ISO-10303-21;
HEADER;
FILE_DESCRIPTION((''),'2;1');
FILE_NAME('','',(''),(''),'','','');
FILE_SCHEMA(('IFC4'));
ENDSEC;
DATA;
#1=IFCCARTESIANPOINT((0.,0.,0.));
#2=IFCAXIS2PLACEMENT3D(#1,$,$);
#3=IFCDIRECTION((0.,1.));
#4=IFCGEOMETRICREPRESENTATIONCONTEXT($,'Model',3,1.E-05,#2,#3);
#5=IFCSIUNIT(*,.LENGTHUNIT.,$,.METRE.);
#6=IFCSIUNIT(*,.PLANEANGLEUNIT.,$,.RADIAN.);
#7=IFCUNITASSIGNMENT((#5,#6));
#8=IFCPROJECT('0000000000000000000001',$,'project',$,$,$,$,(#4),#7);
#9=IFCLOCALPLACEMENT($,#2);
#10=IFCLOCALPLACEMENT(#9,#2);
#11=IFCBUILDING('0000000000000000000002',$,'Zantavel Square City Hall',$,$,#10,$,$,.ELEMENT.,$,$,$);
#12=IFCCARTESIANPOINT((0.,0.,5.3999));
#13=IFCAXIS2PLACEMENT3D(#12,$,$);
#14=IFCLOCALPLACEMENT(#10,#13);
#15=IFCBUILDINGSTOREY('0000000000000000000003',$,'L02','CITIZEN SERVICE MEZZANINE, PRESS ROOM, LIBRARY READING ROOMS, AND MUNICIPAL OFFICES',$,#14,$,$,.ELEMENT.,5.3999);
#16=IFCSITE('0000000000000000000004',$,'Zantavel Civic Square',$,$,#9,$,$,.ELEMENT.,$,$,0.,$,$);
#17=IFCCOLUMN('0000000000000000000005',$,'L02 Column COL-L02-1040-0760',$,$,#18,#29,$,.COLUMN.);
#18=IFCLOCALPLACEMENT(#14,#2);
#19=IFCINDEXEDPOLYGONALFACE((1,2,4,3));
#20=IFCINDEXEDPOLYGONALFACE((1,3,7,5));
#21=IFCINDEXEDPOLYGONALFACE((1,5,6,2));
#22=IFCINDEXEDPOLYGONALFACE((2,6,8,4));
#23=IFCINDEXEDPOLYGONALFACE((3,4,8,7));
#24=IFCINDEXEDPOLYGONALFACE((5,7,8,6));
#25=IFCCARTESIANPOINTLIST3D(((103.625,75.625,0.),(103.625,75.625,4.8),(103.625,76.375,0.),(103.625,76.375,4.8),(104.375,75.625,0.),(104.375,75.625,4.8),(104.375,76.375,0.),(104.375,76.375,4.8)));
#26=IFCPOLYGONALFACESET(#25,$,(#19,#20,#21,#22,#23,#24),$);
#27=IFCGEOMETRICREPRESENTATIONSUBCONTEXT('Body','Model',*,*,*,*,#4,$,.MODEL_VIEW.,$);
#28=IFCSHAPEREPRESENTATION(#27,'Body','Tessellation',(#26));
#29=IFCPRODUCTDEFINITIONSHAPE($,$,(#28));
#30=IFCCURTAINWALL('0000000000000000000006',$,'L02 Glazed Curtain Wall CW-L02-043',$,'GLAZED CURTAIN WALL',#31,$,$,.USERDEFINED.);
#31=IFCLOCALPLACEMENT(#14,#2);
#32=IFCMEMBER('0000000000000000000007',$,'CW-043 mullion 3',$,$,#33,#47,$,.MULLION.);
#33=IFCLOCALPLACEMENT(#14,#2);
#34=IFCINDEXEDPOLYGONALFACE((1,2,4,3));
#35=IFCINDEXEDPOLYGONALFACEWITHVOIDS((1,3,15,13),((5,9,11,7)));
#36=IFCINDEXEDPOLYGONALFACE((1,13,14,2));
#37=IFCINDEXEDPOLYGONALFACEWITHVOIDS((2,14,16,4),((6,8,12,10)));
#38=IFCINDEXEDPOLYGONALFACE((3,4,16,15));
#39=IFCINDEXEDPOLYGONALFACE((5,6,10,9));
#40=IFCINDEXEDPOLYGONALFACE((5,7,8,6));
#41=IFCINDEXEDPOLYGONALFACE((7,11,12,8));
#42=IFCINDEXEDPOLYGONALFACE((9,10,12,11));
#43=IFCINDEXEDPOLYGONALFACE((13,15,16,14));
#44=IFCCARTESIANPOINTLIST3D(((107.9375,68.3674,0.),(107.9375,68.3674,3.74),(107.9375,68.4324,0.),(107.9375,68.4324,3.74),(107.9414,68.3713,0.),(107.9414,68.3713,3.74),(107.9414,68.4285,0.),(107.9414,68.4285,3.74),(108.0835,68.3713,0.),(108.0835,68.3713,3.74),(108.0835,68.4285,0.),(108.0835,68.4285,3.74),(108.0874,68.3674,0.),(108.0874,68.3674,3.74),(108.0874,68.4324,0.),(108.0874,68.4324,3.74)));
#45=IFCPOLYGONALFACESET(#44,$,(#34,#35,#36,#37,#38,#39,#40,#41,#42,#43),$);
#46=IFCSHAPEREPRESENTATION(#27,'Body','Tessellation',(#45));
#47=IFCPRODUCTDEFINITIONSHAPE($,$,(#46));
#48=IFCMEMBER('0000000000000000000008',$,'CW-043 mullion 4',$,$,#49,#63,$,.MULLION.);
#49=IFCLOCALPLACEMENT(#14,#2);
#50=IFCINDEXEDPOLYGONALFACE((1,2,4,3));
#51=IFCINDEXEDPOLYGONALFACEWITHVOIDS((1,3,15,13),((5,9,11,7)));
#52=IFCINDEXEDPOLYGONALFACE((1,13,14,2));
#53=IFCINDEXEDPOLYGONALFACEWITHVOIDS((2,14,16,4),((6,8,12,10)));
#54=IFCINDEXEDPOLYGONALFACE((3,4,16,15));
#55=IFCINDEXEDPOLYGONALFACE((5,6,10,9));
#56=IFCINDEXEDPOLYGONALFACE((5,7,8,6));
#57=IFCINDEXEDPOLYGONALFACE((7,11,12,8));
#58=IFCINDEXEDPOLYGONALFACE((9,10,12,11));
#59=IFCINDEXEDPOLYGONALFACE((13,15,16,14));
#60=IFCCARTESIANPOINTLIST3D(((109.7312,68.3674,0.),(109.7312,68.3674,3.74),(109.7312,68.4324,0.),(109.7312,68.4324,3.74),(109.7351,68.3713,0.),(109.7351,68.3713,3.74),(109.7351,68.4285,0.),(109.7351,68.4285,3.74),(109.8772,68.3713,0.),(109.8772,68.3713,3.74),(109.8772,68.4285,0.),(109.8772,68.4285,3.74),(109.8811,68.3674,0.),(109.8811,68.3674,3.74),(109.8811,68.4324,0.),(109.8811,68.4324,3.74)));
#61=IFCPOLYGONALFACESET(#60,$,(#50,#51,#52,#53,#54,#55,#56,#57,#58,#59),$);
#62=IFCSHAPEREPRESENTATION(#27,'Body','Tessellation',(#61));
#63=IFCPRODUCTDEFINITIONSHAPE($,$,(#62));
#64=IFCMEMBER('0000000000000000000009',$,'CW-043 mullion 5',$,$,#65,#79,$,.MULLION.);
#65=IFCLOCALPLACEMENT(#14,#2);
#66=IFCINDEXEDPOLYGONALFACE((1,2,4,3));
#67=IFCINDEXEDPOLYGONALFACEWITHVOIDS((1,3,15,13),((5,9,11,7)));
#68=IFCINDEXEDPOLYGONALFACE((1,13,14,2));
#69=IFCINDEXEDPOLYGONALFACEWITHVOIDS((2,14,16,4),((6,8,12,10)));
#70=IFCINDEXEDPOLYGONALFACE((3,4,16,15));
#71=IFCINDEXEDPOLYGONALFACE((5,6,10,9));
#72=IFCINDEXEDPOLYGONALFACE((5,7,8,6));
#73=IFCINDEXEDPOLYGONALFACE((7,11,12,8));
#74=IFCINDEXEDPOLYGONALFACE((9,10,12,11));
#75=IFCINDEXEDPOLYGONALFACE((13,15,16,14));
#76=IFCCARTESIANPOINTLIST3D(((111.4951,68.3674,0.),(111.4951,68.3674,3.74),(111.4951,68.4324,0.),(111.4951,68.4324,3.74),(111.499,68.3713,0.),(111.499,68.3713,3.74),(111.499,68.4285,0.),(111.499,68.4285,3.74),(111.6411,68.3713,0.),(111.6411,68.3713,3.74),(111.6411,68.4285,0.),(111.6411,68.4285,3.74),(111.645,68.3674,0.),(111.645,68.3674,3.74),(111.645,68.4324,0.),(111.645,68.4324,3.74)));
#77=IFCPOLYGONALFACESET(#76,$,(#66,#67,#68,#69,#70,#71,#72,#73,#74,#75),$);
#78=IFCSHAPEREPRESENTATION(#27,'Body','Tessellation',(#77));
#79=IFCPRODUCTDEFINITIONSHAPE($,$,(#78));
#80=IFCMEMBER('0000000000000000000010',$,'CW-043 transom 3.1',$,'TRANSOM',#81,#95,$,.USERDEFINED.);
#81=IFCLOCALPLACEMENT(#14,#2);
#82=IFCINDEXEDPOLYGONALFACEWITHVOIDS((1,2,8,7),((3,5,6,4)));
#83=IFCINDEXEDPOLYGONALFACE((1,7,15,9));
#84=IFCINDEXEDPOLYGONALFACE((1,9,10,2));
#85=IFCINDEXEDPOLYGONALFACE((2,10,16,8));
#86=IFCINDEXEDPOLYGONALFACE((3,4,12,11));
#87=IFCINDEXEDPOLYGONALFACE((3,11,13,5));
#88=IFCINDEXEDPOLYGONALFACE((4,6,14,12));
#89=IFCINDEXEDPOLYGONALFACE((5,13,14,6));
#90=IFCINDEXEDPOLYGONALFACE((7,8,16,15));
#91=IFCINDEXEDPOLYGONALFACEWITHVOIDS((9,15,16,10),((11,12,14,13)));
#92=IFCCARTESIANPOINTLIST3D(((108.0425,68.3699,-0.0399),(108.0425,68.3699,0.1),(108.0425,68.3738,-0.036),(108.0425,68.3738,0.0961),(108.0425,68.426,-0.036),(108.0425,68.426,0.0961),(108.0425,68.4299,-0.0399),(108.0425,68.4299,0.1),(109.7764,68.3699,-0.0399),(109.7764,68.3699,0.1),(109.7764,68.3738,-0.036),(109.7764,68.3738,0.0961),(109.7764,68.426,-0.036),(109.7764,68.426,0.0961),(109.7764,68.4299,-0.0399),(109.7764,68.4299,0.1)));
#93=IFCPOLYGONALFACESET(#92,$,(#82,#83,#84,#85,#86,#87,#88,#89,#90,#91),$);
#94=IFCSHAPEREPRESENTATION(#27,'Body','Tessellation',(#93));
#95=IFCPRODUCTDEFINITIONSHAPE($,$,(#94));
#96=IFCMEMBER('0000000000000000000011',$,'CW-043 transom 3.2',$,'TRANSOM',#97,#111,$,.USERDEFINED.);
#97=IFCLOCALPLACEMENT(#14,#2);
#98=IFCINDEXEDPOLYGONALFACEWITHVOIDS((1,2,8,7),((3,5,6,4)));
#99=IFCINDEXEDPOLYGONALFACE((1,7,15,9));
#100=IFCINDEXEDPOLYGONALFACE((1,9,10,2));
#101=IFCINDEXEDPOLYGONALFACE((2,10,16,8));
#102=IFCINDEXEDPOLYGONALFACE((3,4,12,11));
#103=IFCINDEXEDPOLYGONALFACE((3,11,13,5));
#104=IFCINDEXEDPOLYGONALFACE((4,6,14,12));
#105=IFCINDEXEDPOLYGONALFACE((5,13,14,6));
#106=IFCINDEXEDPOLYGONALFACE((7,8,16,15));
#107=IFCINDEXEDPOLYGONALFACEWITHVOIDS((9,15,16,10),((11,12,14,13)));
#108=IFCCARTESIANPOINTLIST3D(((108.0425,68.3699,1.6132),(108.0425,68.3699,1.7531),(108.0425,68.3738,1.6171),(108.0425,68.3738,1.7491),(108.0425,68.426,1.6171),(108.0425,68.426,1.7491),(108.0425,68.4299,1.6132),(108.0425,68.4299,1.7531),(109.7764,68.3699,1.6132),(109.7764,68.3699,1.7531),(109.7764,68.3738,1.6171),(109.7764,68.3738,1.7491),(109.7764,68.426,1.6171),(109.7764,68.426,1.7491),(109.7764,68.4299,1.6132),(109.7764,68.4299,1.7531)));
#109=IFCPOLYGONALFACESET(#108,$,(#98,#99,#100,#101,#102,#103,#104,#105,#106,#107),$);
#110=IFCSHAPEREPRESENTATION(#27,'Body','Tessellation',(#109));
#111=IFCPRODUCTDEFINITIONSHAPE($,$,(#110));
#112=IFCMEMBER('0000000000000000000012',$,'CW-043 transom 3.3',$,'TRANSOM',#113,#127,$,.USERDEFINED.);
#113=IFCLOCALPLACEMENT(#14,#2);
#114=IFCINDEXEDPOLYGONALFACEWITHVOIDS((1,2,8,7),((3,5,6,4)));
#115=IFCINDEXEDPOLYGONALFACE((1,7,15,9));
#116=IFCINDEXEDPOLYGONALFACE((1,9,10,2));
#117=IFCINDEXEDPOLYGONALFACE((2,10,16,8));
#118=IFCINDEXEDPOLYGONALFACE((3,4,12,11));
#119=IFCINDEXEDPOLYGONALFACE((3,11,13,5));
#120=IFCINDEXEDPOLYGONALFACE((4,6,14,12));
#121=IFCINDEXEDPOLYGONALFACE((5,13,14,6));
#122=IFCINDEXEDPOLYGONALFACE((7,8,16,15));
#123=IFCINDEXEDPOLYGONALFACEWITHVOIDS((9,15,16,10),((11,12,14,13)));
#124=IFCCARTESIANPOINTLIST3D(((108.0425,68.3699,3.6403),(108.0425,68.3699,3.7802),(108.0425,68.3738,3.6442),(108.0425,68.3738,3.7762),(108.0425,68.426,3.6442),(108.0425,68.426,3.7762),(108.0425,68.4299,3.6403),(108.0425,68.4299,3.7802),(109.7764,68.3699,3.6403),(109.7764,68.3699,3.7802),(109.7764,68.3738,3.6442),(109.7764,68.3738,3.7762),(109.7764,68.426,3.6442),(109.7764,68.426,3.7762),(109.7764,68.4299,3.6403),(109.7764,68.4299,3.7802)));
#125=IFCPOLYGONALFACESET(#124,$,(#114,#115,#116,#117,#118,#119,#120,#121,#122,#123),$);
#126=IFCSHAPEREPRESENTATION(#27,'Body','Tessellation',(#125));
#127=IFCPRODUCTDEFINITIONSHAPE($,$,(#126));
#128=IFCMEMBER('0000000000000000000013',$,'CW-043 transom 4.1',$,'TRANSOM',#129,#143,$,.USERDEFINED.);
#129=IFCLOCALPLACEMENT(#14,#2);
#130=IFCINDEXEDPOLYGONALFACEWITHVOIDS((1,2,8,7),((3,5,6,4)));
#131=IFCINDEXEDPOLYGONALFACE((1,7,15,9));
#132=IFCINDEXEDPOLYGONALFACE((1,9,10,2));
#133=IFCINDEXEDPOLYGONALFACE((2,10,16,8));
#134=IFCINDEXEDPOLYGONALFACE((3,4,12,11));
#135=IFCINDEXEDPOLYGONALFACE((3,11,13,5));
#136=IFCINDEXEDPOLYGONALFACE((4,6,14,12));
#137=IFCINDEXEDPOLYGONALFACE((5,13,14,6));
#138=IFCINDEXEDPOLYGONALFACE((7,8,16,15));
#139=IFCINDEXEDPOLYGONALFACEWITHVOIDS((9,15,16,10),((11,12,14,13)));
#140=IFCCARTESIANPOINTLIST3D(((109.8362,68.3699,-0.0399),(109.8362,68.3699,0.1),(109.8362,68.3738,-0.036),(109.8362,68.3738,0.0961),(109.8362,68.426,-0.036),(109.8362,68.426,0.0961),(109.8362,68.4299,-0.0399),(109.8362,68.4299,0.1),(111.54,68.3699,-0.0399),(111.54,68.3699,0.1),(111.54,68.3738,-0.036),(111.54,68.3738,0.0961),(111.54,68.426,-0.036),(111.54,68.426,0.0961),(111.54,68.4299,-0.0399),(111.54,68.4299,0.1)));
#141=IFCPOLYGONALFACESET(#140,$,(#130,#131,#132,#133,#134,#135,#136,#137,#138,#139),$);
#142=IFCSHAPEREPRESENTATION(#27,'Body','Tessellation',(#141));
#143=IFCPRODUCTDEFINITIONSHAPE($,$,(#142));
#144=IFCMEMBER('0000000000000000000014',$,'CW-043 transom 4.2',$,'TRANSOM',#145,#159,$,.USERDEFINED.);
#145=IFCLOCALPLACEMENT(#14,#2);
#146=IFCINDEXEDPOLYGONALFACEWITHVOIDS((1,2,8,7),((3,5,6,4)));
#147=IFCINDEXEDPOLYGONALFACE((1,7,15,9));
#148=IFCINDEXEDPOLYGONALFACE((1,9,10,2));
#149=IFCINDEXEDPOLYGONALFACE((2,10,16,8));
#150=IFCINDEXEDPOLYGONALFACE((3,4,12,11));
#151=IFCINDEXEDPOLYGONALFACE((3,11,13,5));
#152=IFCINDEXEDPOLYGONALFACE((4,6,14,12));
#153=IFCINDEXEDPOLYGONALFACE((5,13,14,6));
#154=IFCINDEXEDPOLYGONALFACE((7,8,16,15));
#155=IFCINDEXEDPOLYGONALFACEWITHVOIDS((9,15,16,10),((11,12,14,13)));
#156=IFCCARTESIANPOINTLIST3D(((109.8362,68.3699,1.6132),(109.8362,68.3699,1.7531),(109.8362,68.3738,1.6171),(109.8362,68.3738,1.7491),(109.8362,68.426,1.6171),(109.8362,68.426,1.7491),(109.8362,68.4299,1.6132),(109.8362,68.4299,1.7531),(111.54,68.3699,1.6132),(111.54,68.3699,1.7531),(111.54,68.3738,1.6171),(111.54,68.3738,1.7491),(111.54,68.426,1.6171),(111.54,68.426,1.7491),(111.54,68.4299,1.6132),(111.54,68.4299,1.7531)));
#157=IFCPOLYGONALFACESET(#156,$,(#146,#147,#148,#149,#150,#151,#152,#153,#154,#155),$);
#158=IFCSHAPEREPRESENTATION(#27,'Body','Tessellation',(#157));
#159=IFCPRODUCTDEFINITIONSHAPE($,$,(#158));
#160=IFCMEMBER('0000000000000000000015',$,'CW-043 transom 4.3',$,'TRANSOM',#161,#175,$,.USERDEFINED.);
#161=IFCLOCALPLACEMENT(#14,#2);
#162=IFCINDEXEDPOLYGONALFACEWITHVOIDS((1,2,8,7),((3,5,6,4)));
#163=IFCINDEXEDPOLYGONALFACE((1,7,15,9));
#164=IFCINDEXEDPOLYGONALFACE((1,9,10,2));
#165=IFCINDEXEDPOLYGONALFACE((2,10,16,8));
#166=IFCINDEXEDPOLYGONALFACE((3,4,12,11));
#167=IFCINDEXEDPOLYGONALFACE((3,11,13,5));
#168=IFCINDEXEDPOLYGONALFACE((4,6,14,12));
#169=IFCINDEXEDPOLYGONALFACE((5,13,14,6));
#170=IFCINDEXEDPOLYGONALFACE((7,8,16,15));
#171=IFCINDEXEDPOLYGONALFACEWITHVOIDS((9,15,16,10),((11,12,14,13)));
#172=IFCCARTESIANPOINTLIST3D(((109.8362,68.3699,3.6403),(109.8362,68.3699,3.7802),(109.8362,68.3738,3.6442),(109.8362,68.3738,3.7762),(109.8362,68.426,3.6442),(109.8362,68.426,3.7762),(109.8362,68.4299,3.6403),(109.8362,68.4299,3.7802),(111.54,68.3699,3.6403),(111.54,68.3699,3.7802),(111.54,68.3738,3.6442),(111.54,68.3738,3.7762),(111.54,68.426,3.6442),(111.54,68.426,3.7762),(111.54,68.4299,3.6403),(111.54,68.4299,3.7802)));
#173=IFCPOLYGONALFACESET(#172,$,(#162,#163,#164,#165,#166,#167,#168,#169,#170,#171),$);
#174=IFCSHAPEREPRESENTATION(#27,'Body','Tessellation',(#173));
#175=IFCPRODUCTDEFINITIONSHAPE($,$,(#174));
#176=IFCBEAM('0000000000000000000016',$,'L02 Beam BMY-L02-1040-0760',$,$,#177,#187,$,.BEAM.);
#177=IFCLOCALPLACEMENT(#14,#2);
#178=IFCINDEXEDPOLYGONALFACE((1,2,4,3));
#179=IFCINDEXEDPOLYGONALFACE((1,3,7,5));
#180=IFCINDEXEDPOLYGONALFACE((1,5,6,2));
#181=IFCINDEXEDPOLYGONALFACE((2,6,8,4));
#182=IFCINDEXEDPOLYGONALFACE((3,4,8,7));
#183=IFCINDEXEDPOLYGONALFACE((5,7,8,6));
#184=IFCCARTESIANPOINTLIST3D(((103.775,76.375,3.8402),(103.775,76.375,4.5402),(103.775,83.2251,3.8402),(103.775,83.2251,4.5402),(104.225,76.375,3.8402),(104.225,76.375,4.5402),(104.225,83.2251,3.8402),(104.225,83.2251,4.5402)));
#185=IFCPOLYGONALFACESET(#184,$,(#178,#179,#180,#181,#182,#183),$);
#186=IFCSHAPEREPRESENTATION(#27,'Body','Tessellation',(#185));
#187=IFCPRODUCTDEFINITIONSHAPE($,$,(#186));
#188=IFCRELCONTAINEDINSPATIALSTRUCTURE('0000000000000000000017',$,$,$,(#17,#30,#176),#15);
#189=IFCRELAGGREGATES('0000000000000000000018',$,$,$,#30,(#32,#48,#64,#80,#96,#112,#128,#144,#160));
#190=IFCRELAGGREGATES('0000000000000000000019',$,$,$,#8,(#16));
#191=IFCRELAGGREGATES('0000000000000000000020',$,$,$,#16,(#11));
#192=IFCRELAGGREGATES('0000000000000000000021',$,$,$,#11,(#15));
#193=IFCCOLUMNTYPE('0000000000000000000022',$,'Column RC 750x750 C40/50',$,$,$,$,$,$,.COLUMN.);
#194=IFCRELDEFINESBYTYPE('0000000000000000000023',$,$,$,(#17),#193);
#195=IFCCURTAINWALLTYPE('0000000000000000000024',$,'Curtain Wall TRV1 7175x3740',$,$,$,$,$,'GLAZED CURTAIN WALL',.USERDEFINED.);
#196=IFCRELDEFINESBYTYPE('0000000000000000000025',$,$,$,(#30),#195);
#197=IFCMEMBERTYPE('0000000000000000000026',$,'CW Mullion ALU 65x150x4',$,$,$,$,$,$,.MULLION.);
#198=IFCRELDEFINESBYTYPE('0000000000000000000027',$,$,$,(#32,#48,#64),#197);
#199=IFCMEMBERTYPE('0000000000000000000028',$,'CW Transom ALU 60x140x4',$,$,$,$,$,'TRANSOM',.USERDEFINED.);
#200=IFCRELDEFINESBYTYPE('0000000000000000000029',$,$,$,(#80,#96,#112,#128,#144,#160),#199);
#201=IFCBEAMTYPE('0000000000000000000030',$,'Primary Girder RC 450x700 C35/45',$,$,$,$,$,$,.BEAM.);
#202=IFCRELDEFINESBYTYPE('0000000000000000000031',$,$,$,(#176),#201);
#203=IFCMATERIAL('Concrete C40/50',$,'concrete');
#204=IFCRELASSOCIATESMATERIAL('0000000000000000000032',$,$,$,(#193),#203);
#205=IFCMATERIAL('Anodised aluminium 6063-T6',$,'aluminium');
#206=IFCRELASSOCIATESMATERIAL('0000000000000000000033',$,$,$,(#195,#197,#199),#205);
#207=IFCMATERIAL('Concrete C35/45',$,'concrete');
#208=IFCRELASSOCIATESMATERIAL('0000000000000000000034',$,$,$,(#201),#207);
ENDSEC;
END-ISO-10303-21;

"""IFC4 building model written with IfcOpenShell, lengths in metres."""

from ifc_helpers import new_model, si_unit, direction, frame, origin, origin_2d, place, context, subcontext, project, spatial, rectangle, hollow_rectangle, extrude, material, material_profile, profile_set, type_object, element, aggregate, save


model = new_model("IFC4")

# Units and contexts
model_context = context("Model", 3, precision=1e-05, world=origin(), true_north=direction((0.0, 1.0)))
body_context = subcontext(model_context, "Body", "Model", "MODEL_VIEW")
ifc_project = project(units=[si_unit("LENGTHUNIT", "METRE"), si_unit("PLANEANGLEUNIT", "RADIAN")], contexts=[model_context])

# Site, building, storey
site_placement = place(None, origin())
site = spatial("IfcSite", under=ifc_project, at=site_placement, Name="Zantavel Civic Square", CompositionType="ELEMENT", RefElevation=0.0)
building_placement = place(site_placement, origin())
building = spatial("IfcBuilding", under=site, at=building_placement, Name="Zantavel Square City Hall", CompositionType="ELEMENT")
storey_placement = place(building_placement, frame((0.0, 0.0, 5.3999)))
storey = spatial("IfcBuildingStorey", under=building, at=storey_placement, Name="L02", Description="CITIZEN SERVICE MEZZANINE, PRESS ROOM, LIBRARY READING ROOMS, AND MUNICIPAL OFFICES", CompositionType="ELEMENT", Elevation=5.3999)

# Column
ifc_material_1 = material(Name="Concrete C40/50", Category="concrete")
ifc_material_profile_1 = material_profile(ifc_material_1, rectangle(XDim=0.75, YDim=0.75, at=origin_2d()), Name="RC 750x750")
ifc_profile_set_1 = profile_set([ifc_material_profile_1], Name="Concrete C40/50")
column_type = type_object("IfcColumnType", Name="Column RC 750x750 C40/50", PredefinedType="COLUMN", material=ifc_profile_set_1)
column_placement = place(storey_placement, frame((104.0, 76.0, 0.0), z_axis=(0.0, 0.0, 1.0), x_axis=(1.0, 0.0, 0.0)))
element("IfcColumn", 1, at=column_placement, inside=storey, type_object=column_type, Name="L02 Column COL-L02-1040-0760", PredefinedType="COLUMN", context=body_context, shape_type="SweptSolid", body=[
    extrude(rectangle(XDim=0.75, YDim=0.75, at=origin_2d()), origin(), (0.0, 0.0, 1.0), 4.8),
])

# Curtain wall, members
ifc_material_2 = material(Name="Anodised aluminium 6063-T6", Category="aluminium")
curtain_wall_type = type_object("IfcCurtainWallType", Name="Curtain Wall TRV1 7175x3740", ElementType="GLAZED CURTAIN WALL", PredefinedType="USERDEFINED", material=ifc_material_2)
curtain_wall_placement = place(storey_placement, origin())
curtain_wall = element("IfcCurtainWall", 2, at=curtain_wall_placement, inside=storey, type_object=curtain_wall_type, Name="L02 Glazed Curtain Wall CW-L02-043", ObjectType="GLAZED CURTAIN WALL", PredefinedType="USERDEFINED")
ifc_material_profile_2 = material_profile(ifc_material_2, hollow_rectangle(XDim=0.0649, YDim=0.1499, WallThickness=0.0039, at=origin_2d()), Name="ALU 65x150x4")
ifc_profile_set_2 = profile_set([ifc_material_profile_2], Name="Anodised aluminium 6063-T6")
member_type_1 = type_object("IfcMemberType", Name="CW Mullion ALU 65x150x4", PredefinedType="MULLION", material=ifc_profile_set_2)
member_1_placement = place(storey_placement, frame((108.0125, 68.3999, 0.0), z_axis=(0.0, 0.0, 1.0), x_axis=(0.0, 1.0, 0.0)))
member_1 = element("IfcMember", 3, at=member_1_placement, type_object=member_type_1, Name="CW-043 mullion 3", PredefinedType="MULLION", context=body_context, shape_type="SweptSolid", body=[
    extrude(hollow_rectangle(XDim=0.0649, YDim=0.1499, WallThickness=0.0039, at=origin_2d()), origin(), (0.0, 0.0, 1.0), 3.74),
])
member_2_placement = place(storey_placement, frame((109.8062, 68.3999, 0.0), z_axis=(0.0, 0.0, 1.0), x_axis=(0.0, 1.0, 0.0)))
member_2 = element("IfcMember", 4, at=member_2_placement, type_object=member_type_1, Name="CW-043 mullion 4", PredefinedType="MULLION", context=body_context, shape_type="SweptSolid", body=[
    extrude(hollow_rectangle(XDim=0.0649, YDim=0.1499, WallThickness=0.0039, at=origin_2d()), origin(), (0.0, 0.0, 1.0), 3.74),
])
member_3_placement = place(storey_placement, frame((111.5701, 68.3999, 0.0), z_axis=(0.0, 0.0, 1.0), x_axis=(0.0, 1.0, 0.0)))
member_3 = element("IfcMember", 5, at=member_3_placement, type_object=member_type_1, Name="CW-043 mullion 5", PredefinedType="MULLION", context=body_context, shape_type="SweptSolid", body=[
    extrude(hollow_rectangle(XDim=0.0649, YDim=0.1499, WallThickness=0.0039, at=origin_2d()), origin(), (0.0, 0.0, 1.0), 3.74),
])
ifc_material_profile_3 = material_profile(ifc_material_2, hollow_rectangle(XDim=0.0601, YDim=0.1399, WallThickness=0.0039, at=origin_2d()), Name="ALU 60x140x4")
ifc_profile_set_3 = profile_set([ifc_material_profile_3], Name="Anodised aluminium 6063-T6")
member_type_2 = type_object("IfcMemberType", Name="CW Transom ALU 60x140x4", ElementType="TRANSOM", PredefinedType="USERDEFINED", material=ifc_profile_set_3)
member_4_placement = place(storey_placement, frame((108.0425, 68.3999, 0.03), z_axis=(1.0, 0.0, 0.0), x_axis=(0.0, 1.0, 0.0)))
member_4 = element("IfcMember", 6, at=member_4_placement, type_object=member_type_2, Name="CW-043 transom 3.1", ObjectType="TRANSOM", PredefinedType="USERDEFINED", context=body_context, shape_type="SweptSolid", body=[
    extrude(hollow_rectangle(XDim=0.0601, YDim=0.1399, WallThickness=0.0039, at=origin_2d()), origin(), (0.0, 0.0, 1.0), 1.7339),
])
member_5_placement = place(storey_placement, frame((108.0425, 68.3999, 1.6831), z_axis=(1.0, 0.0, 0.0), x_axis=(0.0, 1.0, 0.0)))
member_5 = element("IfcMember", 7, at=member_5_placement, type_object=member_type_2, Name="CW-043 transom 3.2", ObjectType="TRANSOM", PredefinedType="USERDEFINED", context=body_context, shape_type="SweptSolid", body=[
    extrude(hollow_rectangle(XDim=0.0601, YDim=0.1399, WallThickness=0.0039, at=origin_2d()), origin(), (0.0, 0.0, 1.0), 1.7339),
])
member_6_placement = place(storey_placement, frame((108.0425, 68.3999, 3.7102), z_axis=(1.0, 0.0, 0.0), x_axis=(0.0, 1.0, 0.0)))
member_6 = element("IfcMember", 8, at=member_6_placement, type_object=member_type_2, Name="CW-043 transom 3.3", ObjectType="TRANSOM", PredefinedType="USERDEFINED", context=body_context, shape_type="SweptSolid", body=[
    extrude(hollow_rectangle(XDim=0.0601, YDim=0.1399, WallThickness=0.0039, at=origin_2d()), origin(), (0.0, 0.0, 1.0), 1.7339),
])
member_7_placement = place(storey_placement, frame((109.8362, 68.3999, 0.03), z_axis=(1.0, 0.0, 0.0), x_axis=(0.0, 1.0, 0.0)))
member_7 = element("IfcMember", 9, at=member_7_placement, type_object=member_type_2, Name="CW-043 transom 4.1", ObjectType="TRANSOM", PredefinedType="USERDEFINED", context=body_context, shape_type="SweptSolid", body=[
    extrude(hollow_rectangle(XDim=0.0601, YDim=0.1399, WallThickness=0.0039, at=origin_2d()), origin(), (0.0, 0.0, 1.0), 1.7039),
])
member_8_placement = place(storey_placement, frame((109.8362, 68.3999, 1.6831), z_axis=(1.0, 0.0, 0.0), x_axis=(0.0, 1.0, 0.0)))
member_8 = element("IfcMember", 10, at=member_8_placement, type_object=member_type_2, Name="CW-043 transom 4.2", ObjectType="TRANSOM", PredefinedType="USERDEFINED", context=body_context, shape_type="SweptSolid", body=[
    extrude(hollow_rectangle(XDim=0.0601, YDim=0.1399, WallThickness=0.0039, at=origin_2d()), origin(), (0.0, 0.0, 1.0), 1.7039),
])
member_9_placement = place(storey_placement, frame((109.8362, 68.3999, 3.7102), z_axis=(1.0, 0.0, 0.0), x_axis=(0.0, 1.0, 0.0)))
member_9 = element("IfcMember", 11, at=member_9_placement, type_object=member_type_2, Name="CW-043 transom 4.3", ObjectType="TRANSOM", PredefinedType="USERDEFINED", context=body_context, shape_type="SweptSolid", body=[
    extrude(hollow_rectangle(XDim=0.0601, YDim=0.1399, WallThickness=0.0039, at=origin_2d()), origin(), (0.0, 0.0, 1.0), 1.7039),
])

# Beam
ifc_material_3 = material(Name="Concrete C35/45", Category="concrete")
ifc_material_profile_4 = material_profile(ifc_material_3, rectangle(XDim=0.45, YDim=0.7, at=origin_2d()), Name="RC 450x700")
ifc_profile_set_4 = profile_set([ifc_material_profile_4], Name="Concrete C35/45")
beam_type_1 = type_object("IfcBeamType", Name="Primary Girder RC 450x700 C35/45", PredefinedType="BEAM", material=ifc_profile_set_4)
beam_1_placement = place(storey_placement, frame((104.0, 76.375, 4.1902), z_axis=(0.0, 1.0, 0.0), x_axis=(-1.0, 0.0, 0.0)))
element("IfcBeam", 12, at=beam_1_placement, inside=storey, type_object=beam_type_1, Name="L02 Beam BMY-L02-1040-0760", PredefinedType="BEAM", context=body_context, shape_type="SweptSolid", body=[
    extrude(rectangle(XDim=0.45, YDim=0.7, at=origin_2d()), origin(), (0.0, 0.0, 1.0), 6.8501),
])

aggregate(curtain_wall, [member_1, member_2, member_3, member_4, member_5, member_6, member_7, member_8, member_9])

save(model, "model.ifc")
